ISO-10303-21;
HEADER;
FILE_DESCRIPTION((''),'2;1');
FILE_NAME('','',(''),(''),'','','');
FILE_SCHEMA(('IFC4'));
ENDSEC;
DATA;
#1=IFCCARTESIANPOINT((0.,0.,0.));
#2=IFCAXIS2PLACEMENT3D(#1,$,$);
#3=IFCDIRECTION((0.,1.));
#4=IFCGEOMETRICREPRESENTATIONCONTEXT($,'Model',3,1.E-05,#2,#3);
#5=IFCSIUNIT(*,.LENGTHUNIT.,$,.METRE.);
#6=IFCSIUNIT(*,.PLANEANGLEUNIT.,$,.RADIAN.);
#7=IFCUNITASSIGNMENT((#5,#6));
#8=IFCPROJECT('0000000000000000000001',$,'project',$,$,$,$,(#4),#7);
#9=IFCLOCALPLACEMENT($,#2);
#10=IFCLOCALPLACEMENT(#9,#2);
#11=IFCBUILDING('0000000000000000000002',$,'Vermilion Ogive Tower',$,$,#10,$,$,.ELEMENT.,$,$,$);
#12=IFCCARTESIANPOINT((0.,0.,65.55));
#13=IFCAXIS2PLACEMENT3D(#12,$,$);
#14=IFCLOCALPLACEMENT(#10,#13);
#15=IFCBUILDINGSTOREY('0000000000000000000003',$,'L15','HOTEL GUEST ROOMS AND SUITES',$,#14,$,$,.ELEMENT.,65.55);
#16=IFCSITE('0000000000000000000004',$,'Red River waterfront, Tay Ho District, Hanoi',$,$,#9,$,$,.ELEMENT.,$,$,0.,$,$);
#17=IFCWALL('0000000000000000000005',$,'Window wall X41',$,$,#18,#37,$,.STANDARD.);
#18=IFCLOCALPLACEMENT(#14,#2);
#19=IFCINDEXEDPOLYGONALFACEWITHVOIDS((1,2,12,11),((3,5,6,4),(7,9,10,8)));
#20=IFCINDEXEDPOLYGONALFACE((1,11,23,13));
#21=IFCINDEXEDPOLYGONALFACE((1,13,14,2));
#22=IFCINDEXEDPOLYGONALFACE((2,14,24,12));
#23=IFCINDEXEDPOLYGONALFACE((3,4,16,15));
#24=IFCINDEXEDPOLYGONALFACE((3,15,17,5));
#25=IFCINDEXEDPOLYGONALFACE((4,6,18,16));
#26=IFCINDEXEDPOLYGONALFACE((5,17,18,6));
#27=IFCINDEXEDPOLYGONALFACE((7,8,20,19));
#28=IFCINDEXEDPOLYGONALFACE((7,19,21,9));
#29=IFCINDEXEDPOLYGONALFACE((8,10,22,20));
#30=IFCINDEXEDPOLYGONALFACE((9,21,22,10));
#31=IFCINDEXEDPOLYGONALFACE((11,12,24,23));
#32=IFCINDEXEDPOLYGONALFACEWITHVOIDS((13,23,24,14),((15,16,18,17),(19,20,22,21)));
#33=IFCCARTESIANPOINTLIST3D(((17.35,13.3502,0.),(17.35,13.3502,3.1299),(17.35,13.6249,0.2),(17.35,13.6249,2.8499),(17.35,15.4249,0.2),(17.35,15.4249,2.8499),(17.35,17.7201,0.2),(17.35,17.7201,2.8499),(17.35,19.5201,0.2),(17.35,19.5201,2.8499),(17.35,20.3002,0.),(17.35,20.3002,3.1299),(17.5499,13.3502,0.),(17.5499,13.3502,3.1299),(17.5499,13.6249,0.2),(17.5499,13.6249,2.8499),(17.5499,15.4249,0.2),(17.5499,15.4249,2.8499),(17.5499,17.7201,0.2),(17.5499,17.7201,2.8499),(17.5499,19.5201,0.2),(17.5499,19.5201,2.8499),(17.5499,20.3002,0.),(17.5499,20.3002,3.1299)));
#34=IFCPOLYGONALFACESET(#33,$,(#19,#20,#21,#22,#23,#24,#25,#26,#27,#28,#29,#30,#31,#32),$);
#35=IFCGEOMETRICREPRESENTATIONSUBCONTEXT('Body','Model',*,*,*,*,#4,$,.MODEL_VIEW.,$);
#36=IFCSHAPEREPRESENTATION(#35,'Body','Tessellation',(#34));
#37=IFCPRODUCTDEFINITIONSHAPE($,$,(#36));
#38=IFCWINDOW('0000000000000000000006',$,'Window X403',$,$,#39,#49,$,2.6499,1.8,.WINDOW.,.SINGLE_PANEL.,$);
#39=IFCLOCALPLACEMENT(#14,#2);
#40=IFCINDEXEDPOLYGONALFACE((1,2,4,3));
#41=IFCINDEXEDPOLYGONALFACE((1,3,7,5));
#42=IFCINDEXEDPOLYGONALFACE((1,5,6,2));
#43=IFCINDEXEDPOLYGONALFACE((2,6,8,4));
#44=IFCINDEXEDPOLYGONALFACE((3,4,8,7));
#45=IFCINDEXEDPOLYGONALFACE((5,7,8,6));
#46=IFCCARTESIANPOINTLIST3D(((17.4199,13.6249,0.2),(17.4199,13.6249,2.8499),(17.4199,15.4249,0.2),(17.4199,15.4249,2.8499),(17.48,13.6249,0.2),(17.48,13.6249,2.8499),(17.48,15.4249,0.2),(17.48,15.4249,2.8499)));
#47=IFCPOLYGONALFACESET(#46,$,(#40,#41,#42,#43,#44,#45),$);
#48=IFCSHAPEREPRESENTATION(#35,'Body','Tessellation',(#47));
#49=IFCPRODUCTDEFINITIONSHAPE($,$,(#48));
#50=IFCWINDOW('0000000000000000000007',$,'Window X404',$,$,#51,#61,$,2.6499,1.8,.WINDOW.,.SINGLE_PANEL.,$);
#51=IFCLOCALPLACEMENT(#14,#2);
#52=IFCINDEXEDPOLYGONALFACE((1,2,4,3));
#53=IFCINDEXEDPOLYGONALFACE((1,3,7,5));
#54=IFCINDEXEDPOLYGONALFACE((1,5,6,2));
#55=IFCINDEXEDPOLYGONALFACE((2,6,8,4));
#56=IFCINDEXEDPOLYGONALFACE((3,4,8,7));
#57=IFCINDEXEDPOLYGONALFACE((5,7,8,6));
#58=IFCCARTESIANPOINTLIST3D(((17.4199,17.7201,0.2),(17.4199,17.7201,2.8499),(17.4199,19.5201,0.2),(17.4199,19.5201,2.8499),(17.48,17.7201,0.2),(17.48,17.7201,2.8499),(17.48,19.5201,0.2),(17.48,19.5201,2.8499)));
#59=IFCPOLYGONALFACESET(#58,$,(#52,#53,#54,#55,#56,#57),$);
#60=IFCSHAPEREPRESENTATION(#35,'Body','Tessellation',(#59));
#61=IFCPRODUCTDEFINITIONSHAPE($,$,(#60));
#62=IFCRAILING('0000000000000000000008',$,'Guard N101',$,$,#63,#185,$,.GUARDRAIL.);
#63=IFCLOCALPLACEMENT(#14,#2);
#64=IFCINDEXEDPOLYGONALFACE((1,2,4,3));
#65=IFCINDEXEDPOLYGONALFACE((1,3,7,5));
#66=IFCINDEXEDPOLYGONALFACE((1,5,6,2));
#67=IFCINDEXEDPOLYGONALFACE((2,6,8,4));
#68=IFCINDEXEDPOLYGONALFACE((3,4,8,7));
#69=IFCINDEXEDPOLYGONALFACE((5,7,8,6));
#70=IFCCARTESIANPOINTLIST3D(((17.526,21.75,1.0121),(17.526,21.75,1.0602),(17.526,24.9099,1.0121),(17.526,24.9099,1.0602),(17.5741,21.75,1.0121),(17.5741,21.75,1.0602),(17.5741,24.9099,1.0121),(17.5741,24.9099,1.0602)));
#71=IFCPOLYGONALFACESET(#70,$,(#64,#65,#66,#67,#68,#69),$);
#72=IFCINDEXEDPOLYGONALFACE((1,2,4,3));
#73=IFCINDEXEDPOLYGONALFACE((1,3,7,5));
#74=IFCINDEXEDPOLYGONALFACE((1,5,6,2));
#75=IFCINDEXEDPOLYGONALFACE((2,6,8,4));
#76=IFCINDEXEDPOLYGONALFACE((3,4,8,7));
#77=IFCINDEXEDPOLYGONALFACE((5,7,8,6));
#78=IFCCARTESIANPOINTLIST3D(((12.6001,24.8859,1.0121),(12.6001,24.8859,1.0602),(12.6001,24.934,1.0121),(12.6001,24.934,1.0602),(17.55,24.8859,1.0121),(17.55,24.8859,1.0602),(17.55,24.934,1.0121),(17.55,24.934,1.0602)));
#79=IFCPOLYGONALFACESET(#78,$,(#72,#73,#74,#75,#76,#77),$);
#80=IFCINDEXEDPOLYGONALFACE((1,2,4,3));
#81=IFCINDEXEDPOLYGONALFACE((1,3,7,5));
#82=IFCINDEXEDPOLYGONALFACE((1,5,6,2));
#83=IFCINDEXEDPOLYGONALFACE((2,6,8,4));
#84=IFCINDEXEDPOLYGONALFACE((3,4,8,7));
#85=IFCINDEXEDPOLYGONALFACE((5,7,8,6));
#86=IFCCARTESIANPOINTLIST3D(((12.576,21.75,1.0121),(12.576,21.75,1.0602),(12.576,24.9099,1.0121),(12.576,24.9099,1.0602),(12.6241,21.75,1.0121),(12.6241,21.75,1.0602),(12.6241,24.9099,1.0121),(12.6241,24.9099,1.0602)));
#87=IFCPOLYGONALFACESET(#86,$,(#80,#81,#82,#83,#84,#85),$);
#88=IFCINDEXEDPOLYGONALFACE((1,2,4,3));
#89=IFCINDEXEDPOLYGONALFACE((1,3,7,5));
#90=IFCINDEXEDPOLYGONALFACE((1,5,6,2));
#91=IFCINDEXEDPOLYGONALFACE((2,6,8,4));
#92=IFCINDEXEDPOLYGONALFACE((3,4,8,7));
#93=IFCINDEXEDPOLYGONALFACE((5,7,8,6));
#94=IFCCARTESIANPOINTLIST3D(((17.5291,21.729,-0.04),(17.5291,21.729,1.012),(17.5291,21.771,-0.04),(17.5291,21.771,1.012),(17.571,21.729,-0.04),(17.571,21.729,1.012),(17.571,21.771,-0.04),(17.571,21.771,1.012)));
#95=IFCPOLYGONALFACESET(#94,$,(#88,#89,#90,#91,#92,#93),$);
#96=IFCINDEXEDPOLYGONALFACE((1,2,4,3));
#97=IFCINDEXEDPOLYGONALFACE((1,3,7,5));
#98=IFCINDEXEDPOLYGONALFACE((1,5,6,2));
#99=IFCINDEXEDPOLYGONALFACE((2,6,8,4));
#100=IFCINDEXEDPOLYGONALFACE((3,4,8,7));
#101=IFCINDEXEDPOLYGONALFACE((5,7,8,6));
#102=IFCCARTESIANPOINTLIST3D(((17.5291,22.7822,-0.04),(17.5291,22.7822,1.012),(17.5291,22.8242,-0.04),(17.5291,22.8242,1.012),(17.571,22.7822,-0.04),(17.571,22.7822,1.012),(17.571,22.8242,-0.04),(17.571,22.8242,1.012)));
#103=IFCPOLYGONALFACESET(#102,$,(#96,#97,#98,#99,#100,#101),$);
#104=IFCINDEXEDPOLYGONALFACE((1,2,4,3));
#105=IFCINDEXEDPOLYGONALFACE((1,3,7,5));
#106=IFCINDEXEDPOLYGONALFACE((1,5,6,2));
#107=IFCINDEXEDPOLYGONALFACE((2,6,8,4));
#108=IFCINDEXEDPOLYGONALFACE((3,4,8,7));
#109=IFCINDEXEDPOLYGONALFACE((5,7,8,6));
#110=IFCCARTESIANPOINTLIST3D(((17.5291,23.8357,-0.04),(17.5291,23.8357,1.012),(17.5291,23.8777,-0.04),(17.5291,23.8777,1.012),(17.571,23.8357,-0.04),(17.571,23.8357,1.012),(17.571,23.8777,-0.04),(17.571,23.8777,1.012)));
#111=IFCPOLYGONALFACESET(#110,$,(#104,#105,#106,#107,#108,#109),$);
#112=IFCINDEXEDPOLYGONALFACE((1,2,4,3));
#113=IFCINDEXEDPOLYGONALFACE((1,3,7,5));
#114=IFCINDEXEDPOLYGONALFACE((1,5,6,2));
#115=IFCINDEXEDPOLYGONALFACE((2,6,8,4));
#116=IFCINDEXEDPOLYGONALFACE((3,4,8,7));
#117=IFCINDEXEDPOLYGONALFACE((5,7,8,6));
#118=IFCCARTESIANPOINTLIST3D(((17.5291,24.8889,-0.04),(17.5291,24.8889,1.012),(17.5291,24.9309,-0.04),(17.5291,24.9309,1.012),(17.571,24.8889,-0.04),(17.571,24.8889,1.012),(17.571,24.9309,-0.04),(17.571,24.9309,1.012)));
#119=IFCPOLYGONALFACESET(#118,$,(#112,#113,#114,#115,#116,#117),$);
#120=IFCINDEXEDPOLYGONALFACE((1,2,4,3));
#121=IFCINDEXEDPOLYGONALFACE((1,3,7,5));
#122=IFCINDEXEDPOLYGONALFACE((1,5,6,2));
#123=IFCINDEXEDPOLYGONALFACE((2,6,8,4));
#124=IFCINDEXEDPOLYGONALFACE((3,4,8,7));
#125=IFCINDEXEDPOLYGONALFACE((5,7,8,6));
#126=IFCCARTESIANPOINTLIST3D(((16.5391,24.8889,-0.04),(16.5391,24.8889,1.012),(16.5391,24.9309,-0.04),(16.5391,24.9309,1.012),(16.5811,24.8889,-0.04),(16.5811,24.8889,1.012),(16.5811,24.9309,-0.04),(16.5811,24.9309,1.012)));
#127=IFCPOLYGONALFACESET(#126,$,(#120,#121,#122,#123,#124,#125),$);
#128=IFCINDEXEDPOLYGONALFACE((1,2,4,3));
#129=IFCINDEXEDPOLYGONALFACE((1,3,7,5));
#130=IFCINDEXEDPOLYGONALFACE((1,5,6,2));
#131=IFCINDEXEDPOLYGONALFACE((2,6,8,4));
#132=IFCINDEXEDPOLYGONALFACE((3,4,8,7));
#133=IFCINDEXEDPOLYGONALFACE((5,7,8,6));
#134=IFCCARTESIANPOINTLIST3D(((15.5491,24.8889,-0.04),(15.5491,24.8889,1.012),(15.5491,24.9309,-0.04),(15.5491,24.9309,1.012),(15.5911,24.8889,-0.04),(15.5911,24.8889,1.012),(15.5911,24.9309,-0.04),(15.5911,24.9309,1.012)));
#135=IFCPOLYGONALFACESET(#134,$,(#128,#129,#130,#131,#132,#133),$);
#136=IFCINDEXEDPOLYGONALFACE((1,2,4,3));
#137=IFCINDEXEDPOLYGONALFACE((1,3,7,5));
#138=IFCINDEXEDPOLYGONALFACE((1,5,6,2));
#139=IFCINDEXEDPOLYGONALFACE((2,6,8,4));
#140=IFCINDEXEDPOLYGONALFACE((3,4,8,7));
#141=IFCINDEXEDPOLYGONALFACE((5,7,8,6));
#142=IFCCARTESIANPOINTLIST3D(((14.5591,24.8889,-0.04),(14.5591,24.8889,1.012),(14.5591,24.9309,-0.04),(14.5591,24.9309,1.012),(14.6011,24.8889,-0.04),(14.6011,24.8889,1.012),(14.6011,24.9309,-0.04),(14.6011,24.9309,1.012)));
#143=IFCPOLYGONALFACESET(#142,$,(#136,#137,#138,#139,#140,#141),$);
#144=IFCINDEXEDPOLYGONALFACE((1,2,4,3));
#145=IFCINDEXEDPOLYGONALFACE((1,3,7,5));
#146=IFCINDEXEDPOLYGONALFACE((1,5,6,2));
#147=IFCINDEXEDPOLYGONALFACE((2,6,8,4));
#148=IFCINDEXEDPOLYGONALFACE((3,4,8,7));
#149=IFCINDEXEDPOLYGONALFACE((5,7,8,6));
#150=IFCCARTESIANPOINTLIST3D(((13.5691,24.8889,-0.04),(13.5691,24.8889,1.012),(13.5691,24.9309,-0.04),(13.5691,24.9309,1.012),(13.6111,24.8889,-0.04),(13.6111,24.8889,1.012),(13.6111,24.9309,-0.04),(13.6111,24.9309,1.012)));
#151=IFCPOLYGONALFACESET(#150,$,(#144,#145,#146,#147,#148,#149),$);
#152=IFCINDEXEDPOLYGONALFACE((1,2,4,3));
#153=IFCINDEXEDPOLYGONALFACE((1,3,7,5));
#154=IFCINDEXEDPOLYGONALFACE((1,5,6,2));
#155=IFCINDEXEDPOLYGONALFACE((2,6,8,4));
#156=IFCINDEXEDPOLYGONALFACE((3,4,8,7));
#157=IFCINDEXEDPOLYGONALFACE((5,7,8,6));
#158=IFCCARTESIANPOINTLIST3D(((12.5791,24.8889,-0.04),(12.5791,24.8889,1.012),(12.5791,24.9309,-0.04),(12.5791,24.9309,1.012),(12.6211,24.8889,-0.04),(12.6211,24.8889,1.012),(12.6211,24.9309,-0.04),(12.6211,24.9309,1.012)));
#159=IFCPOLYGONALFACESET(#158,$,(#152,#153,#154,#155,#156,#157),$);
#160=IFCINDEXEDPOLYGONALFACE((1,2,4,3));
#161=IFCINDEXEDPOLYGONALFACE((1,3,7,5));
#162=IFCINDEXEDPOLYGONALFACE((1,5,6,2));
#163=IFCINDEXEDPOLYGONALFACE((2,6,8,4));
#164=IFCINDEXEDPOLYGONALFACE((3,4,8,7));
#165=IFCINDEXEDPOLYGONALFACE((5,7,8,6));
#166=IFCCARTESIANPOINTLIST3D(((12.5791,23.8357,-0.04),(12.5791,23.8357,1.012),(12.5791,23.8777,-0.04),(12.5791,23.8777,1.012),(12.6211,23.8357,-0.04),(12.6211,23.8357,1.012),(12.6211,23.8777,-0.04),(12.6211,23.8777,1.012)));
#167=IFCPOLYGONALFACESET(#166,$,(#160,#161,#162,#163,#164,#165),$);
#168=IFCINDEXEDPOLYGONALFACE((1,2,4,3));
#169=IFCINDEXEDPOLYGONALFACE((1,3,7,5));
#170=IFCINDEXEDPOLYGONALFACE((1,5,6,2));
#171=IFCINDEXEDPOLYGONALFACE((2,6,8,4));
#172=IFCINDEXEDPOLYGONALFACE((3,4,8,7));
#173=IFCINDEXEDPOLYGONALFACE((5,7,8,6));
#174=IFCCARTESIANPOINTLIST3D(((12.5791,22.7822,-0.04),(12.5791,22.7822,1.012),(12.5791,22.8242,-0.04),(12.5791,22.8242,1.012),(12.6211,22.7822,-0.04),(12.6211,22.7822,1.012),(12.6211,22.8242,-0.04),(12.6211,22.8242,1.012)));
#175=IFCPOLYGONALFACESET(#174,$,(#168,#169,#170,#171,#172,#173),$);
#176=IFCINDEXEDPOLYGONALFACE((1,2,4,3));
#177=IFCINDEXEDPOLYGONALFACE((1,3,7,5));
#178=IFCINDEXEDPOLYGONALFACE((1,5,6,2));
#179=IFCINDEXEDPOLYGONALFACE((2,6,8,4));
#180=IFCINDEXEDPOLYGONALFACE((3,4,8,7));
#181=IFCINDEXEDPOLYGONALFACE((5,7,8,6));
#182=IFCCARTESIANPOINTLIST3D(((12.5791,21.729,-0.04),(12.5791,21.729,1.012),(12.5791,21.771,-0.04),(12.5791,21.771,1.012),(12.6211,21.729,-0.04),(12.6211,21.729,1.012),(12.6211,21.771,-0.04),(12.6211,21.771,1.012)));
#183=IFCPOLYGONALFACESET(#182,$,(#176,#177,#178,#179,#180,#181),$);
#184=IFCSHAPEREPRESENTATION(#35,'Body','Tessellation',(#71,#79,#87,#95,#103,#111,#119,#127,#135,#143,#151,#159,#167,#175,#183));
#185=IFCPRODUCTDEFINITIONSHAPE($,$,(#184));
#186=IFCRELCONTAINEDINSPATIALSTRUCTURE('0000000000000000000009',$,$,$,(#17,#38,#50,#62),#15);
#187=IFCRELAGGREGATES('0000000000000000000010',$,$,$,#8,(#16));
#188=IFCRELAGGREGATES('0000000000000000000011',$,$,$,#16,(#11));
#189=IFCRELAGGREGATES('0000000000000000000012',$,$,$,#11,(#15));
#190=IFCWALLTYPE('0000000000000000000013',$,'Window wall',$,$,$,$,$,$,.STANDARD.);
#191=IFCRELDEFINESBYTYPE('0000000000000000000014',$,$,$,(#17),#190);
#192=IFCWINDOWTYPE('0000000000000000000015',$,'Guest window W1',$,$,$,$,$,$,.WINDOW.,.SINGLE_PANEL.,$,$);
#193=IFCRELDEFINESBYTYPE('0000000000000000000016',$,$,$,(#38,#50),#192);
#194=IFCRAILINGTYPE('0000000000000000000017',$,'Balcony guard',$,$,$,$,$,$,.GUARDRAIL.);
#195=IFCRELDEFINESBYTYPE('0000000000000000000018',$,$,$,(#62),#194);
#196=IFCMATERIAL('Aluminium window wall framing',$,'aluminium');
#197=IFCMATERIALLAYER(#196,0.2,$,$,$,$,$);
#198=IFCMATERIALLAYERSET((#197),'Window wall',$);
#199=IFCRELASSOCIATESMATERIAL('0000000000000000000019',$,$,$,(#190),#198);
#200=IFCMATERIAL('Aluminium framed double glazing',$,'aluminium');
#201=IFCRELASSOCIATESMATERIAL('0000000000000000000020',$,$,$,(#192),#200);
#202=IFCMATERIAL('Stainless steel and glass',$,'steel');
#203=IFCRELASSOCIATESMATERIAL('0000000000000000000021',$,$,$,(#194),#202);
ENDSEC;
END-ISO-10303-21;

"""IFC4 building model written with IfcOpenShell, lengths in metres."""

from ifc_helpers import new_model, si_unit, direction, frame, frame_2d, origin, origin_2d, place, context, subcontext, project, spatial, rectangle, extrude, material, layer, layer_set, type_object, element, fill, save


model = new_model("IFC4")

# Units and contexts
model_context = context("Model", 3, precision=1e-05, world=origin(), true_north=direction((0.0, 1.0)))
body_context = subcontext(model_context, "Body", "Model", "MODEL_VIEW")
ifc_project = project(units=[si_unit("LENGTHUNIT", "METRE"), si_unit("PLANEANGLEUNIT", "RADIAN")], contexts=[model_context])

# Site, building, storey
site_placement = place(None, origin())
site = spatial("IfcSite", under=ifc_project, at=site_placement, Name="Red River waterfront, Tay Ho District, Hanoi", CompositionType="ELEMENT", RefElevation=0.0)
building_placement = place(site_placement, origin())
building = spatial("IfcBuilding", under=site, at=building_placement, Name="Vermilion Ogive Tower", CompositionType="ELEMENT")
storey_placement = place(building_placement, frame((0.0, 0.0, 65.55)))
storey = spatial("IfcBuildingStorey", under=building, at=storey_placement, Name="L15", Description="HOTEL GUEST ROOMS AND SUITES", CompositionType="ELEMENT", Elevation=65.55)

# Shared definitions
ifc_material_1 = material(Name="Aluminium window wall framing", Category="aluminium")
ifc_layer_1 = layer(ifc_material_1, 0.2)
ifc_layer_set_1 = layer_set([ifc_layer_1], Name="Window wall")
wall_type_1 = type_object("IfcWallType", Name="Window wall", PredefinedType="STANDARD", material=ifc_layer_set_1)

# Wall, openings, windows
wall_1_placement = place(storey_placement, frame((17.45, 13.3501, 0.0), z_axis=(0.0, 0.0, 1.0), x_axis=(0.0, 1.0, 0.0)))
wall_1 = element("IfcWall", 1, at=wall_1_placement, inside=storey, type_object=wall_type_1, Name="Window wall X41", PredefinedType="STANDARD", context=body_context, shape_type="SweptSolid", body=[
    extrude(rectangle(XDim=6.95, YDim=0.2, at=frame_2d((3.4751, 0.0))), origin(), (0.0, 0.0, 1.0), 3.1299),
])
opening_1_placement = place(wall_1_placement, frame((0.2749, 0.0, 0.2)))
opening_1 = element("IfcOpeningElement", 2, at=opening_1_placement, cuts=wall_1, PredefinedType="OPENING", context=body_context, shape_type="SweptSolid", body=[
    extrude(rectangle(XDim=1.8, YDim=2.6499, at=frame_2d((0.8999, 1.325))), frame((0.0, 0.1099, 0.0), z_axis=(0.0, -1.0, 0.0), x_axis=(1.0, 0.0, 0.0)), (0.0, 0.0, 1.0), 0.22),
])
opening_2_placement = place(wall_1_placement, frame((4.3701, 0.0, 0.2)))
opening_2 = element("IfcOpeningElement", 3, at=opening_2_placement, cuts=wall_1, PredefinedType="OPENING", context=body_context, shape_type="SweptSolid", body=[
    extrude(rectangle(XDim=1.8, YDim=2.6499, at=frame_2d((0.8999, 1.325))), frame((0.0, 0.1099, 0.0), z_axis=(0.0, -1.0, 0.0), x_axis=(1.0, 0.0, 0.0)), (0.0, 0.0, 1.0), 0.22),
])
ifc_material_2 = material(Name="Aluminium framed double glazing", Category="aluminium")
window_type = type_object("IfcWindowType", Name="Guest window W1", PartitioningType="SINGLE_PANEL", PredefinedType="WINDOW", material=ifc_material_2)
window_1_placement = place(opening_1_placement, origin())
window_1 = element("IfcWindow", 4, at=window_1_placement, inside=storey, type_object=window_type, Name="Window X403", OverallHeight=2.6499, OverallWidth=1.8, PartitioningType="SINGLE_PANEL", PredefinedType="WINDOW", context=body_context, shape_type="SweptSolid", body=[
    extrude(rectangle(XDim=1.8, YDim=2.6499, at=frame_2d((0.8999, 1.325))), frame((0.0, 0.03, 0.0), z_axis=(0.0, -1.0, 0.0), x_axis=(1.0, 0.0, 0.0)), (0.0, 0.0, 1.0), 0.0601),
])
fill(opening_1, window_1)
window_2_placement = place(opening_2_placement, origin())
window_2 = element("IfcWindow", 5, at=window_2_placement, inside=storey, type_object=window_type, Name="Window X404", OverallHeight=2.6499, OverallWidth=1.8, PartitioningType="SINGLE_PANEL", PredefinedType="WINDOW", context=body_context, shape_type="SweptSolid", body=[
    extrude(rectangle(XDim=1.8, YDim=2.6499, at=frame_2d((0.8999, 1.325))), frame((0.0, 0.03, 0.0), z_axis=(0.0, -1.0, 0.0), x_axis=(1.0, 0.0, 0.0)), (0.0, 0.0, 1.0), 0.0601),
])
fill(opening_2, window_2)

# Railing
ifc_material_3 = material(Name="Stainless steel and glass", Category="steel")
railing_type = type_object("IfcRailingType", Name="Balcony guard", PredefinedType="GUARDRAIL", material=ifc_material_3)
railing_placement = place(storey_placement, frame((17.55, 21.75, -0.04)))
element("IfcRailing", 6, at=railing_placement, inside=storey, type_object=railing_type, Name="Guard N101", PredefinedType="GUARDRAIL", context=body_context, shape_type="SweptSolid", body=[
    extrude(rectangle(XDim=0.0481, YDim=0.0481, at=origin_2d()), frame((0.0, 0.0, 1.0762), z_axis=(0.0, 1.0, 0.0), x_axis=(-1.0, 0.0, 0.0)), (0.0, 0.0, 1.0), 3.1599),
    extrude(rectangle(XDim=0.0481, YDim=0.0481, at=origin_2d()), frame((0.0, 3.1599, 1.0762), z_axis=(-1.0, 0.0, 0.0), x_axis=(0.0, -1.0, 0.0)), (0.0, 0.0, 1.0), 4.95),
    extrude(rectangle(XDim=0.0481, YDim=0.0481, at=origin_2d()), frame((-4.95, 3.1599, 1.0762), z_axis=(0.0, -1.0, 0.0), x_axis=(1.0, 0.0, 0.0)), (0.0, 0.0, 1.0), 3.1599),
    extrude(rectangle(XDim=0.042, YDim=0.042, at=origin_2d()), origin(), (0.0, 0.0, 1.0), 1.052),
    extrude(rectangle(XDim=0.042, YDim=0.042, at=origin_2d()), frame((0.0, 1.0532, 0.0)), (0.0, 0.0, 1.0), 1.052),
    extrude(rectangle(XDim=0.042, YDim=0.042, at=origin_2d()), frame((0.0, 2.1067, 0.0)), (0.0, 0.0, 1.0), 1.052),
    extrude(rectangle(XDim=0.042, YDim=0.042, at=origin_2d()), frame((0.0, 3.1599, 0.0)), (0.0, 0.0, 1.0), 1.052),
    extrude(rectangle(XDim=0.042, YDim=0.042, at=origin_2d()), frame((-0.99, 3.1599, 0.0)), (0.0, 0.0, 1.0), 1.052),
    extrude(rectangle(XDim=0.042, YDim=0.042, at=origin_2d()), frame((-1.98, 3.1599, 0.0)), (0.0, 0.0, 1.0), 1.052),
    extrude(rectangle(XDim=0.042, YDim=0.042, at=origin_2d()), frame((-2.97, 3.1599, 0.0)), (0.0, 0.0, 1.0), 1.052),
    extrude(rectangle(XDim=0.042, YDim=0.042, at=origin_2d()), frame((-3.96, 3.1599, 0.0)), (0.0, 0.0, 1.0), 1.052),
    extrude(rectangle(XDim=0.042, YDim=0.042, at=origin_2d()), frame((-4.95, 3.1599, 0.0)), (0.0, 0.0, 1.0), 1.052),
    extrude(rectangle(XDim=0.042, YDim=0.042, at=origin_2d()), frame((-4.95, 2.1067, 0.0)), (0.0, 0.0, 1.0), 1.052),
    extrude(rectangle(XDim=0.042, YDim=0.042, at=origin_2d()), frame((-4.95, 1.0532, 0.0)), (0.0, 0.0, 1.0), 1.052),
    extrude(rectangle(XDim=0.042, YDim=0.042, at=origin_2d()), frame((-4.95, 0.0, 0.0)), (0.0, 0.0, 1.0), 1.052),
])

save(model, "model.ifc")
